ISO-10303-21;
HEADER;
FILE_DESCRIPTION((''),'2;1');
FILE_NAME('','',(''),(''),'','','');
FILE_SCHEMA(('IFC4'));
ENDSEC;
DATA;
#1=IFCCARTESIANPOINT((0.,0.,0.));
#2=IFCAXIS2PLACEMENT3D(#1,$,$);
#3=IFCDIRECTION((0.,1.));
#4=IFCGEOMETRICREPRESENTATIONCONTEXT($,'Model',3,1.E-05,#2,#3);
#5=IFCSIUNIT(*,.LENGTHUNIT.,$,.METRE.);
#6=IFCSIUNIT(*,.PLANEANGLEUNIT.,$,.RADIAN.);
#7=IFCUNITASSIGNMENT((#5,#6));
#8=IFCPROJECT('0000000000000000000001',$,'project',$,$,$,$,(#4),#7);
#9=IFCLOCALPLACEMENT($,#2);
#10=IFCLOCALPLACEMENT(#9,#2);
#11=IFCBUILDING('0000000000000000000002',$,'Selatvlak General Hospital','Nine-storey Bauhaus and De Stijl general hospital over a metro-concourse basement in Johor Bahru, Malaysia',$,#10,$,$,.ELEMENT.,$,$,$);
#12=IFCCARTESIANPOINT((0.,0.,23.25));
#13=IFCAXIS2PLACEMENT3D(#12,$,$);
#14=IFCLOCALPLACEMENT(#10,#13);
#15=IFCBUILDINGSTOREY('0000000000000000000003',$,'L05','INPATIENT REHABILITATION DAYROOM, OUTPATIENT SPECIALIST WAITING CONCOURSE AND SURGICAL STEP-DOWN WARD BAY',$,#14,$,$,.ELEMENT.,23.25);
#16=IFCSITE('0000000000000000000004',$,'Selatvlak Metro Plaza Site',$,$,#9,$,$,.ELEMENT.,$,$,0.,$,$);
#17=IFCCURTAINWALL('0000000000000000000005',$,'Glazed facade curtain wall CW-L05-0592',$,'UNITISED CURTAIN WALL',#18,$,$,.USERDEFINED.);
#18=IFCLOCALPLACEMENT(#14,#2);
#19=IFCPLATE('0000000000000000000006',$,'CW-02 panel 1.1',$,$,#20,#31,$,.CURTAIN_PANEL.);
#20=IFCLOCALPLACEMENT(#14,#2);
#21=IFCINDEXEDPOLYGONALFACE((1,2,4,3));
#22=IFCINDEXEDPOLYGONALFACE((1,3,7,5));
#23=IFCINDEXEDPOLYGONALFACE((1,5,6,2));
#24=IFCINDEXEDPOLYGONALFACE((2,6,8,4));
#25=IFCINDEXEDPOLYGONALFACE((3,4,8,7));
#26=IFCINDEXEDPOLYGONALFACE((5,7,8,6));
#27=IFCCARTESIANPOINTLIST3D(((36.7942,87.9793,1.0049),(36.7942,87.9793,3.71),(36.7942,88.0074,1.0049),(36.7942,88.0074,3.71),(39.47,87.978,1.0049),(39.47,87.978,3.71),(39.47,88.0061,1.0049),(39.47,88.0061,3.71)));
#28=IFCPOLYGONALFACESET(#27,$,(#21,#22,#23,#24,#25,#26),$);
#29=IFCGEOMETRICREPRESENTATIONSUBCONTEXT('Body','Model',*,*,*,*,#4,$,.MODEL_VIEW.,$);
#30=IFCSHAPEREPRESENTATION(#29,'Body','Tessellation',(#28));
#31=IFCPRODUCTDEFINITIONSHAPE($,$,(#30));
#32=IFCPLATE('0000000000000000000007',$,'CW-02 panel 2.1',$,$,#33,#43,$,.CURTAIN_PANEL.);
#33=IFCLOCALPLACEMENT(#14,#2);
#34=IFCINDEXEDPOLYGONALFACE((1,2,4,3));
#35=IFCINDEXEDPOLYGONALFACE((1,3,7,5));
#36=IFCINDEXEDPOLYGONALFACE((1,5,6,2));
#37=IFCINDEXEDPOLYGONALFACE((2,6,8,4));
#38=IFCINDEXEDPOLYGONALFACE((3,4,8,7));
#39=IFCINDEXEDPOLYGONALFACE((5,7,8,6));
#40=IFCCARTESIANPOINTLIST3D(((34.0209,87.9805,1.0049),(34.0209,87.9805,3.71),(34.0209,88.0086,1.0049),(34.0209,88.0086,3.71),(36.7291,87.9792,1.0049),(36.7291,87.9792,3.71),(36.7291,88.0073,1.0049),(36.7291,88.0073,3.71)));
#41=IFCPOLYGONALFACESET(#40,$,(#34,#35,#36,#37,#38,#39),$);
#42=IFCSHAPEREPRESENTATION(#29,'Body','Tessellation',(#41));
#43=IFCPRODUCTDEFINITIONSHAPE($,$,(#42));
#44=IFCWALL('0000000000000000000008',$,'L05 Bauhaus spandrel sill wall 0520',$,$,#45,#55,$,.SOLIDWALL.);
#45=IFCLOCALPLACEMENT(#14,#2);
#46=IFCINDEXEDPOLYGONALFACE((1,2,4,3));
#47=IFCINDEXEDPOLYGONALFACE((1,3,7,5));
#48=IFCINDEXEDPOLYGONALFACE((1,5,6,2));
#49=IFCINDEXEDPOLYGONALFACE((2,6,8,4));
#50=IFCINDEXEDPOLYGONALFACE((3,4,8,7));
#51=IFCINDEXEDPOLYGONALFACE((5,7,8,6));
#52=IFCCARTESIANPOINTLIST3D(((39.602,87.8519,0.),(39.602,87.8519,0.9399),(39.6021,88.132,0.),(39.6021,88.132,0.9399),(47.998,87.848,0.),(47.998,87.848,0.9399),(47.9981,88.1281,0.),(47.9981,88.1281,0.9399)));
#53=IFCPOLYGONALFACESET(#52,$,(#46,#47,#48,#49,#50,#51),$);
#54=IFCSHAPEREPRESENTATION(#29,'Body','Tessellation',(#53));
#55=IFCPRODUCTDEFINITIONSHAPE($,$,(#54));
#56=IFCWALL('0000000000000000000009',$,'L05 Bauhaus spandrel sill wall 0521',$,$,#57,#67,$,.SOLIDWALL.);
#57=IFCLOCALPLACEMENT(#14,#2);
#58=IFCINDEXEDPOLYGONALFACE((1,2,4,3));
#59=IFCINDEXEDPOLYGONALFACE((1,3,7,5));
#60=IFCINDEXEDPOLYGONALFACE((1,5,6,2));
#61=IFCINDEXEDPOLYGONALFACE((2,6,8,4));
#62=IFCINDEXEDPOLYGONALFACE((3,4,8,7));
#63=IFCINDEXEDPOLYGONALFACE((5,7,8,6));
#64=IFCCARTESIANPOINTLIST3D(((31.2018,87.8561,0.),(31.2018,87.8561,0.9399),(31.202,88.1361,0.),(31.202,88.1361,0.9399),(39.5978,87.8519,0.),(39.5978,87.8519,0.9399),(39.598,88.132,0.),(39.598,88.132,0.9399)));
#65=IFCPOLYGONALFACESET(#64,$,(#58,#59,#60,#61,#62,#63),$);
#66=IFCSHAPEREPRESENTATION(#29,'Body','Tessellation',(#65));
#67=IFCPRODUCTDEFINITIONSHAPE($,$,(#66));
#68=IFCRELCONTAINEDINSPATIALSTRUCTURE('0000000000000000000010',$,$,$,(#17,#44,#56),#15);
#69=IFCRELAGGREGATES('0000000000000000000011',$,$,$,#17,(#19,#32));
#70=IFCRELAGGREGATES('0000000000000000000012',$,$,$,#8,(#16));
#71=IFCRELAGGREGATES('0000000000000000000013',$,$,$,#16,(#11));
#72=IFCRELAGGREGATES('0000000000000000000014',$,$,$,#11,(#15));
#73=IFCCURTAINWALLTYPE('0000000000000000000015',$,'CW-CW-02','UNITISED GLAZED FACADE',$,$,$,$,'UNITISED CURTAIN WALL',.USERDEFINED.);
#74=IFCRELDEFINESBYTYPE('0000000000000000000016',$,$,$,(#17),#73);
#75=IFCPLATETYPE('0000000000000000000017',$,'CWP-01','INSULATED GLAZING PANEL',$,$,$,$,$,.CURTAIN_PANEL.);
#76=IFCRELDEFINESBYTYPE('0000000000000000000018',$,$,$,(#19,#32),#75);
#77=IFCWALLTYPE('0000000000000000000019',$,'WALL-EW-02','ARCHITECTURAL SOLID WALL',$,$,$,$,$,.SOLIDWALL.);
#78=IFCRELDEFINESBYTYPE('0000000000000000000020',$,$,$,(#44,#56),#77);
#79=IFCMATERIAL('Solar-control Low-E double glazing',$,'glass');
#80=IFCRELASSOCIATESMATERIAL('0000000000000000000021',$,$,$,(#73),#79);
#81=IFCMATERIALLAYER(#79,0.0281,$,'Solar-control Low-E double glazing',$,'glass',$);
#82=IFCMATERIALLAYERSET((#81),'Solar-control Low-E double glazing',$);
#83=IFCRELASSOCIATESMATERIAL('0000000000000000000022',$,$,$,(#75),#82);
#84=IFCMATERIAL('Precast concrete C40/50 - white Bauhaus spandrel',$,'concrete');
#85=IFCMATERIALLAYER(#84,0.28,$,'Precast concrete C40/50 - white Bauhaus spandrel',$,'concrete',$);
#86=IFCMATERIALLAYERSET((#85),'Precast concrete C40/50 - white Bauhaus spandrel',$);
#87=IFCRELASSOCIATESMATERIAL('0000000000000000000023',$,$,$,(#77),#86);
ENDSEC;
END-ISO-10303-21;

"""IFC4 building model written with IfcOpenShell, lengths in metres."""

from ifc_helpers import new_model, si_unit, direction, frame, frame_2d, origin, origin_2d, place, context, subcontext, project, spatial, rectangle, extrude, material, layer, layer_set, type_object, element, aggregate, save


model = new_model("IFC4")

# Units and contexts
model_context = context("Model", 3, precision=1e-05, world=origin(), true_north=direction((0.0, 1.0)))
body_context = subcontext(model_context, "Body", "Model", "MODEL_VIEW")
ifc_project = project(units=[si_unit("LENGTHUNIT", "METRE"), si_unit("PLANEANGLEUNIT", "RADIAN")], contexts=[model_context])

# Site, building, storey
site_placement = place(None, origin())
site = spatial("IfcSite", under=ifc_project, at=site_placement, Name="Selatvlak Metro Plaza Site", CompositionType="ELEMENT", RefElevation=0.0)
building_placement = place(site_placement, origin())
building = spatial("IfcBuilding", under=site, at=building_placement, Name="Selatvlak General Hospital", Description="Nine-storey Bauhaus and De Stijl general hospital over a metro-concourse basement in Johor Bahru, Malaysia", CompositionType="ELEMENT")
storey_placement = place(building_placement, frame((0.0, 0.0, 23.25)))
storey = spatial("IfcBuildingStorey", under=building, at=storey_placement, Name="L05", Description="INPATIENT REHABILITATION DAYROOM, OUTPATIENT SPECIALIST WAITING CONCOURSE AND SURGICAL STEP-DOWN WARD BAY", CompositionType="ELEMENT", Elevation=23.25)

# Shared definitions
ifc_material_1 = material(Name="Solar-control Low-E double glazing", Category="glass")
curtain_wall_type_1 = type_object("IfcCurtainWallType", Name="CW-CW-02", Description="UNITISED GLAZED FACADE", ElementType="UNITISED CURTAIN WALL", PredefinedType="USERDEFINED", material=ifc_material_1)

# Curtain wall
curtain_wall_1_placement = place(storey_placement, origin())
curtain_wall_1 = element("IfcCurtainWall", 1, at=curtain_wall_1_placement, inside=storey, type_object=curtain_wall_type_1, Name="Glazed facade curtain wall CW-L05-0592", ObjectType="UNITISED CURTAIN WALL", PredefinedType="USERDEFINED")

# Plates
ifc_layer_1 = layer(ifc_material_1, 0.0281, Name="Solar-control Low-E double glazing", Category="glass")
ifc_layer_set_1 = layer_set([ifc_layer_1], Name="Solar-control Low-E double glazing")
plate_type = type_object("IfcPlateType", Name="CWP-01", Description="INSULATED GLAZING PANEL", PredefinedType="CURTAIN_PANEL", material=ifc_layer_set_1)
plate_1_placement = place(storey_placement, frame((38.1321, 87.9927, 1.0049), z_axis=(0.0, 0.0, 1.0), x_axis=(-1.0, 0.000481, 0.0)))
plate_1 = element("IfcPlate", 2, at=plate_1_placement, type_object=plate_type, Name="CW-02 panel 1.1", PredefinedType="CURTAIN_PANEL", context=body_context, shape_type="SweptSolid", body=[
    extrude(rectangle(XDim=2.6758, YDim=0.0281, at=origin_2d()), origin(), (0.0, 0.0, 1.0), 2.7051),
])
plate_2_placement = place(storey_placement, frame((35.375, 87.9939, 1.0049), z_axis=(0.0, 0.0, 1.0), x_axis=(-1.0, 0.000481, 0.0)))
plate_2 = element("IfcPlate", 3, at=plate_2_placement, type_object=plate_type, Name="CW-02 panel 2.1", PredefinedType="CURTAIN_PANEL", context=body_context, shape_type="SweptSolid", body=[
    extrude(rectangle(XDim=2.7083, YDim=0.0281, at=origin_2d()), origin(), (0.0, 0.0, 1.0), 2.7051),
])
aggregate(curtain_wall_1, [plate_1, plate_2])

# Walls
ifc_material_2 = material(Name="Precast concrete C40/50 - white Bauhaus spandrel", Category="concrete")
ifc_layer_2 = layer(ifc_material_2, 0.28, Name="Precast concrete C40/50 - white Bauhaus spandrel", Category="concrete")
ifc_layer_set_2 = layer_set([ifc_layer_2], Name="Precast concrete C40/50 - white Bauhaus spandrel")
wall_type = type_object("IfcWallType", Name="WALL-EW-02", Description="ARCHITECTURAL SOLID WALL", PredefinedType="SOLIDWALL", material=ifc_layer_set_2)
for number, where, z_axis, x_axis, name in (
    (4, (47.998, 87.988, 0.0), (0.0, 0.0, 1.0), (-1.0, 0.000465, 0.0), "L05 Bauhaus spandrel sill wall 0520"),
    (5, (39.5979, 87.9919, 0.0), (0.0, 0.0, 1.0), (-1.0, 0.000494, 0.0), "L05 Bauhaus spandrel sill wall 0521"),
):
    element("IfcWall", number, at=place(storey_placement, frame(where, z_axis=z_axis, x_axis=x_axis)), inside=storey, type_object=wall_type, Name=name, PredefinedType="SOLIDWALL", context=body_context, shape_type="SweptSolid", body=[
        extrude(rectangle(XDim=8.396, YDim=0.28, at=frame_2d((4.198, 0.0))), origin(), (0.0, 0.0, 1.0), 0.9399),
    ])

save(model, "model.ifc")
